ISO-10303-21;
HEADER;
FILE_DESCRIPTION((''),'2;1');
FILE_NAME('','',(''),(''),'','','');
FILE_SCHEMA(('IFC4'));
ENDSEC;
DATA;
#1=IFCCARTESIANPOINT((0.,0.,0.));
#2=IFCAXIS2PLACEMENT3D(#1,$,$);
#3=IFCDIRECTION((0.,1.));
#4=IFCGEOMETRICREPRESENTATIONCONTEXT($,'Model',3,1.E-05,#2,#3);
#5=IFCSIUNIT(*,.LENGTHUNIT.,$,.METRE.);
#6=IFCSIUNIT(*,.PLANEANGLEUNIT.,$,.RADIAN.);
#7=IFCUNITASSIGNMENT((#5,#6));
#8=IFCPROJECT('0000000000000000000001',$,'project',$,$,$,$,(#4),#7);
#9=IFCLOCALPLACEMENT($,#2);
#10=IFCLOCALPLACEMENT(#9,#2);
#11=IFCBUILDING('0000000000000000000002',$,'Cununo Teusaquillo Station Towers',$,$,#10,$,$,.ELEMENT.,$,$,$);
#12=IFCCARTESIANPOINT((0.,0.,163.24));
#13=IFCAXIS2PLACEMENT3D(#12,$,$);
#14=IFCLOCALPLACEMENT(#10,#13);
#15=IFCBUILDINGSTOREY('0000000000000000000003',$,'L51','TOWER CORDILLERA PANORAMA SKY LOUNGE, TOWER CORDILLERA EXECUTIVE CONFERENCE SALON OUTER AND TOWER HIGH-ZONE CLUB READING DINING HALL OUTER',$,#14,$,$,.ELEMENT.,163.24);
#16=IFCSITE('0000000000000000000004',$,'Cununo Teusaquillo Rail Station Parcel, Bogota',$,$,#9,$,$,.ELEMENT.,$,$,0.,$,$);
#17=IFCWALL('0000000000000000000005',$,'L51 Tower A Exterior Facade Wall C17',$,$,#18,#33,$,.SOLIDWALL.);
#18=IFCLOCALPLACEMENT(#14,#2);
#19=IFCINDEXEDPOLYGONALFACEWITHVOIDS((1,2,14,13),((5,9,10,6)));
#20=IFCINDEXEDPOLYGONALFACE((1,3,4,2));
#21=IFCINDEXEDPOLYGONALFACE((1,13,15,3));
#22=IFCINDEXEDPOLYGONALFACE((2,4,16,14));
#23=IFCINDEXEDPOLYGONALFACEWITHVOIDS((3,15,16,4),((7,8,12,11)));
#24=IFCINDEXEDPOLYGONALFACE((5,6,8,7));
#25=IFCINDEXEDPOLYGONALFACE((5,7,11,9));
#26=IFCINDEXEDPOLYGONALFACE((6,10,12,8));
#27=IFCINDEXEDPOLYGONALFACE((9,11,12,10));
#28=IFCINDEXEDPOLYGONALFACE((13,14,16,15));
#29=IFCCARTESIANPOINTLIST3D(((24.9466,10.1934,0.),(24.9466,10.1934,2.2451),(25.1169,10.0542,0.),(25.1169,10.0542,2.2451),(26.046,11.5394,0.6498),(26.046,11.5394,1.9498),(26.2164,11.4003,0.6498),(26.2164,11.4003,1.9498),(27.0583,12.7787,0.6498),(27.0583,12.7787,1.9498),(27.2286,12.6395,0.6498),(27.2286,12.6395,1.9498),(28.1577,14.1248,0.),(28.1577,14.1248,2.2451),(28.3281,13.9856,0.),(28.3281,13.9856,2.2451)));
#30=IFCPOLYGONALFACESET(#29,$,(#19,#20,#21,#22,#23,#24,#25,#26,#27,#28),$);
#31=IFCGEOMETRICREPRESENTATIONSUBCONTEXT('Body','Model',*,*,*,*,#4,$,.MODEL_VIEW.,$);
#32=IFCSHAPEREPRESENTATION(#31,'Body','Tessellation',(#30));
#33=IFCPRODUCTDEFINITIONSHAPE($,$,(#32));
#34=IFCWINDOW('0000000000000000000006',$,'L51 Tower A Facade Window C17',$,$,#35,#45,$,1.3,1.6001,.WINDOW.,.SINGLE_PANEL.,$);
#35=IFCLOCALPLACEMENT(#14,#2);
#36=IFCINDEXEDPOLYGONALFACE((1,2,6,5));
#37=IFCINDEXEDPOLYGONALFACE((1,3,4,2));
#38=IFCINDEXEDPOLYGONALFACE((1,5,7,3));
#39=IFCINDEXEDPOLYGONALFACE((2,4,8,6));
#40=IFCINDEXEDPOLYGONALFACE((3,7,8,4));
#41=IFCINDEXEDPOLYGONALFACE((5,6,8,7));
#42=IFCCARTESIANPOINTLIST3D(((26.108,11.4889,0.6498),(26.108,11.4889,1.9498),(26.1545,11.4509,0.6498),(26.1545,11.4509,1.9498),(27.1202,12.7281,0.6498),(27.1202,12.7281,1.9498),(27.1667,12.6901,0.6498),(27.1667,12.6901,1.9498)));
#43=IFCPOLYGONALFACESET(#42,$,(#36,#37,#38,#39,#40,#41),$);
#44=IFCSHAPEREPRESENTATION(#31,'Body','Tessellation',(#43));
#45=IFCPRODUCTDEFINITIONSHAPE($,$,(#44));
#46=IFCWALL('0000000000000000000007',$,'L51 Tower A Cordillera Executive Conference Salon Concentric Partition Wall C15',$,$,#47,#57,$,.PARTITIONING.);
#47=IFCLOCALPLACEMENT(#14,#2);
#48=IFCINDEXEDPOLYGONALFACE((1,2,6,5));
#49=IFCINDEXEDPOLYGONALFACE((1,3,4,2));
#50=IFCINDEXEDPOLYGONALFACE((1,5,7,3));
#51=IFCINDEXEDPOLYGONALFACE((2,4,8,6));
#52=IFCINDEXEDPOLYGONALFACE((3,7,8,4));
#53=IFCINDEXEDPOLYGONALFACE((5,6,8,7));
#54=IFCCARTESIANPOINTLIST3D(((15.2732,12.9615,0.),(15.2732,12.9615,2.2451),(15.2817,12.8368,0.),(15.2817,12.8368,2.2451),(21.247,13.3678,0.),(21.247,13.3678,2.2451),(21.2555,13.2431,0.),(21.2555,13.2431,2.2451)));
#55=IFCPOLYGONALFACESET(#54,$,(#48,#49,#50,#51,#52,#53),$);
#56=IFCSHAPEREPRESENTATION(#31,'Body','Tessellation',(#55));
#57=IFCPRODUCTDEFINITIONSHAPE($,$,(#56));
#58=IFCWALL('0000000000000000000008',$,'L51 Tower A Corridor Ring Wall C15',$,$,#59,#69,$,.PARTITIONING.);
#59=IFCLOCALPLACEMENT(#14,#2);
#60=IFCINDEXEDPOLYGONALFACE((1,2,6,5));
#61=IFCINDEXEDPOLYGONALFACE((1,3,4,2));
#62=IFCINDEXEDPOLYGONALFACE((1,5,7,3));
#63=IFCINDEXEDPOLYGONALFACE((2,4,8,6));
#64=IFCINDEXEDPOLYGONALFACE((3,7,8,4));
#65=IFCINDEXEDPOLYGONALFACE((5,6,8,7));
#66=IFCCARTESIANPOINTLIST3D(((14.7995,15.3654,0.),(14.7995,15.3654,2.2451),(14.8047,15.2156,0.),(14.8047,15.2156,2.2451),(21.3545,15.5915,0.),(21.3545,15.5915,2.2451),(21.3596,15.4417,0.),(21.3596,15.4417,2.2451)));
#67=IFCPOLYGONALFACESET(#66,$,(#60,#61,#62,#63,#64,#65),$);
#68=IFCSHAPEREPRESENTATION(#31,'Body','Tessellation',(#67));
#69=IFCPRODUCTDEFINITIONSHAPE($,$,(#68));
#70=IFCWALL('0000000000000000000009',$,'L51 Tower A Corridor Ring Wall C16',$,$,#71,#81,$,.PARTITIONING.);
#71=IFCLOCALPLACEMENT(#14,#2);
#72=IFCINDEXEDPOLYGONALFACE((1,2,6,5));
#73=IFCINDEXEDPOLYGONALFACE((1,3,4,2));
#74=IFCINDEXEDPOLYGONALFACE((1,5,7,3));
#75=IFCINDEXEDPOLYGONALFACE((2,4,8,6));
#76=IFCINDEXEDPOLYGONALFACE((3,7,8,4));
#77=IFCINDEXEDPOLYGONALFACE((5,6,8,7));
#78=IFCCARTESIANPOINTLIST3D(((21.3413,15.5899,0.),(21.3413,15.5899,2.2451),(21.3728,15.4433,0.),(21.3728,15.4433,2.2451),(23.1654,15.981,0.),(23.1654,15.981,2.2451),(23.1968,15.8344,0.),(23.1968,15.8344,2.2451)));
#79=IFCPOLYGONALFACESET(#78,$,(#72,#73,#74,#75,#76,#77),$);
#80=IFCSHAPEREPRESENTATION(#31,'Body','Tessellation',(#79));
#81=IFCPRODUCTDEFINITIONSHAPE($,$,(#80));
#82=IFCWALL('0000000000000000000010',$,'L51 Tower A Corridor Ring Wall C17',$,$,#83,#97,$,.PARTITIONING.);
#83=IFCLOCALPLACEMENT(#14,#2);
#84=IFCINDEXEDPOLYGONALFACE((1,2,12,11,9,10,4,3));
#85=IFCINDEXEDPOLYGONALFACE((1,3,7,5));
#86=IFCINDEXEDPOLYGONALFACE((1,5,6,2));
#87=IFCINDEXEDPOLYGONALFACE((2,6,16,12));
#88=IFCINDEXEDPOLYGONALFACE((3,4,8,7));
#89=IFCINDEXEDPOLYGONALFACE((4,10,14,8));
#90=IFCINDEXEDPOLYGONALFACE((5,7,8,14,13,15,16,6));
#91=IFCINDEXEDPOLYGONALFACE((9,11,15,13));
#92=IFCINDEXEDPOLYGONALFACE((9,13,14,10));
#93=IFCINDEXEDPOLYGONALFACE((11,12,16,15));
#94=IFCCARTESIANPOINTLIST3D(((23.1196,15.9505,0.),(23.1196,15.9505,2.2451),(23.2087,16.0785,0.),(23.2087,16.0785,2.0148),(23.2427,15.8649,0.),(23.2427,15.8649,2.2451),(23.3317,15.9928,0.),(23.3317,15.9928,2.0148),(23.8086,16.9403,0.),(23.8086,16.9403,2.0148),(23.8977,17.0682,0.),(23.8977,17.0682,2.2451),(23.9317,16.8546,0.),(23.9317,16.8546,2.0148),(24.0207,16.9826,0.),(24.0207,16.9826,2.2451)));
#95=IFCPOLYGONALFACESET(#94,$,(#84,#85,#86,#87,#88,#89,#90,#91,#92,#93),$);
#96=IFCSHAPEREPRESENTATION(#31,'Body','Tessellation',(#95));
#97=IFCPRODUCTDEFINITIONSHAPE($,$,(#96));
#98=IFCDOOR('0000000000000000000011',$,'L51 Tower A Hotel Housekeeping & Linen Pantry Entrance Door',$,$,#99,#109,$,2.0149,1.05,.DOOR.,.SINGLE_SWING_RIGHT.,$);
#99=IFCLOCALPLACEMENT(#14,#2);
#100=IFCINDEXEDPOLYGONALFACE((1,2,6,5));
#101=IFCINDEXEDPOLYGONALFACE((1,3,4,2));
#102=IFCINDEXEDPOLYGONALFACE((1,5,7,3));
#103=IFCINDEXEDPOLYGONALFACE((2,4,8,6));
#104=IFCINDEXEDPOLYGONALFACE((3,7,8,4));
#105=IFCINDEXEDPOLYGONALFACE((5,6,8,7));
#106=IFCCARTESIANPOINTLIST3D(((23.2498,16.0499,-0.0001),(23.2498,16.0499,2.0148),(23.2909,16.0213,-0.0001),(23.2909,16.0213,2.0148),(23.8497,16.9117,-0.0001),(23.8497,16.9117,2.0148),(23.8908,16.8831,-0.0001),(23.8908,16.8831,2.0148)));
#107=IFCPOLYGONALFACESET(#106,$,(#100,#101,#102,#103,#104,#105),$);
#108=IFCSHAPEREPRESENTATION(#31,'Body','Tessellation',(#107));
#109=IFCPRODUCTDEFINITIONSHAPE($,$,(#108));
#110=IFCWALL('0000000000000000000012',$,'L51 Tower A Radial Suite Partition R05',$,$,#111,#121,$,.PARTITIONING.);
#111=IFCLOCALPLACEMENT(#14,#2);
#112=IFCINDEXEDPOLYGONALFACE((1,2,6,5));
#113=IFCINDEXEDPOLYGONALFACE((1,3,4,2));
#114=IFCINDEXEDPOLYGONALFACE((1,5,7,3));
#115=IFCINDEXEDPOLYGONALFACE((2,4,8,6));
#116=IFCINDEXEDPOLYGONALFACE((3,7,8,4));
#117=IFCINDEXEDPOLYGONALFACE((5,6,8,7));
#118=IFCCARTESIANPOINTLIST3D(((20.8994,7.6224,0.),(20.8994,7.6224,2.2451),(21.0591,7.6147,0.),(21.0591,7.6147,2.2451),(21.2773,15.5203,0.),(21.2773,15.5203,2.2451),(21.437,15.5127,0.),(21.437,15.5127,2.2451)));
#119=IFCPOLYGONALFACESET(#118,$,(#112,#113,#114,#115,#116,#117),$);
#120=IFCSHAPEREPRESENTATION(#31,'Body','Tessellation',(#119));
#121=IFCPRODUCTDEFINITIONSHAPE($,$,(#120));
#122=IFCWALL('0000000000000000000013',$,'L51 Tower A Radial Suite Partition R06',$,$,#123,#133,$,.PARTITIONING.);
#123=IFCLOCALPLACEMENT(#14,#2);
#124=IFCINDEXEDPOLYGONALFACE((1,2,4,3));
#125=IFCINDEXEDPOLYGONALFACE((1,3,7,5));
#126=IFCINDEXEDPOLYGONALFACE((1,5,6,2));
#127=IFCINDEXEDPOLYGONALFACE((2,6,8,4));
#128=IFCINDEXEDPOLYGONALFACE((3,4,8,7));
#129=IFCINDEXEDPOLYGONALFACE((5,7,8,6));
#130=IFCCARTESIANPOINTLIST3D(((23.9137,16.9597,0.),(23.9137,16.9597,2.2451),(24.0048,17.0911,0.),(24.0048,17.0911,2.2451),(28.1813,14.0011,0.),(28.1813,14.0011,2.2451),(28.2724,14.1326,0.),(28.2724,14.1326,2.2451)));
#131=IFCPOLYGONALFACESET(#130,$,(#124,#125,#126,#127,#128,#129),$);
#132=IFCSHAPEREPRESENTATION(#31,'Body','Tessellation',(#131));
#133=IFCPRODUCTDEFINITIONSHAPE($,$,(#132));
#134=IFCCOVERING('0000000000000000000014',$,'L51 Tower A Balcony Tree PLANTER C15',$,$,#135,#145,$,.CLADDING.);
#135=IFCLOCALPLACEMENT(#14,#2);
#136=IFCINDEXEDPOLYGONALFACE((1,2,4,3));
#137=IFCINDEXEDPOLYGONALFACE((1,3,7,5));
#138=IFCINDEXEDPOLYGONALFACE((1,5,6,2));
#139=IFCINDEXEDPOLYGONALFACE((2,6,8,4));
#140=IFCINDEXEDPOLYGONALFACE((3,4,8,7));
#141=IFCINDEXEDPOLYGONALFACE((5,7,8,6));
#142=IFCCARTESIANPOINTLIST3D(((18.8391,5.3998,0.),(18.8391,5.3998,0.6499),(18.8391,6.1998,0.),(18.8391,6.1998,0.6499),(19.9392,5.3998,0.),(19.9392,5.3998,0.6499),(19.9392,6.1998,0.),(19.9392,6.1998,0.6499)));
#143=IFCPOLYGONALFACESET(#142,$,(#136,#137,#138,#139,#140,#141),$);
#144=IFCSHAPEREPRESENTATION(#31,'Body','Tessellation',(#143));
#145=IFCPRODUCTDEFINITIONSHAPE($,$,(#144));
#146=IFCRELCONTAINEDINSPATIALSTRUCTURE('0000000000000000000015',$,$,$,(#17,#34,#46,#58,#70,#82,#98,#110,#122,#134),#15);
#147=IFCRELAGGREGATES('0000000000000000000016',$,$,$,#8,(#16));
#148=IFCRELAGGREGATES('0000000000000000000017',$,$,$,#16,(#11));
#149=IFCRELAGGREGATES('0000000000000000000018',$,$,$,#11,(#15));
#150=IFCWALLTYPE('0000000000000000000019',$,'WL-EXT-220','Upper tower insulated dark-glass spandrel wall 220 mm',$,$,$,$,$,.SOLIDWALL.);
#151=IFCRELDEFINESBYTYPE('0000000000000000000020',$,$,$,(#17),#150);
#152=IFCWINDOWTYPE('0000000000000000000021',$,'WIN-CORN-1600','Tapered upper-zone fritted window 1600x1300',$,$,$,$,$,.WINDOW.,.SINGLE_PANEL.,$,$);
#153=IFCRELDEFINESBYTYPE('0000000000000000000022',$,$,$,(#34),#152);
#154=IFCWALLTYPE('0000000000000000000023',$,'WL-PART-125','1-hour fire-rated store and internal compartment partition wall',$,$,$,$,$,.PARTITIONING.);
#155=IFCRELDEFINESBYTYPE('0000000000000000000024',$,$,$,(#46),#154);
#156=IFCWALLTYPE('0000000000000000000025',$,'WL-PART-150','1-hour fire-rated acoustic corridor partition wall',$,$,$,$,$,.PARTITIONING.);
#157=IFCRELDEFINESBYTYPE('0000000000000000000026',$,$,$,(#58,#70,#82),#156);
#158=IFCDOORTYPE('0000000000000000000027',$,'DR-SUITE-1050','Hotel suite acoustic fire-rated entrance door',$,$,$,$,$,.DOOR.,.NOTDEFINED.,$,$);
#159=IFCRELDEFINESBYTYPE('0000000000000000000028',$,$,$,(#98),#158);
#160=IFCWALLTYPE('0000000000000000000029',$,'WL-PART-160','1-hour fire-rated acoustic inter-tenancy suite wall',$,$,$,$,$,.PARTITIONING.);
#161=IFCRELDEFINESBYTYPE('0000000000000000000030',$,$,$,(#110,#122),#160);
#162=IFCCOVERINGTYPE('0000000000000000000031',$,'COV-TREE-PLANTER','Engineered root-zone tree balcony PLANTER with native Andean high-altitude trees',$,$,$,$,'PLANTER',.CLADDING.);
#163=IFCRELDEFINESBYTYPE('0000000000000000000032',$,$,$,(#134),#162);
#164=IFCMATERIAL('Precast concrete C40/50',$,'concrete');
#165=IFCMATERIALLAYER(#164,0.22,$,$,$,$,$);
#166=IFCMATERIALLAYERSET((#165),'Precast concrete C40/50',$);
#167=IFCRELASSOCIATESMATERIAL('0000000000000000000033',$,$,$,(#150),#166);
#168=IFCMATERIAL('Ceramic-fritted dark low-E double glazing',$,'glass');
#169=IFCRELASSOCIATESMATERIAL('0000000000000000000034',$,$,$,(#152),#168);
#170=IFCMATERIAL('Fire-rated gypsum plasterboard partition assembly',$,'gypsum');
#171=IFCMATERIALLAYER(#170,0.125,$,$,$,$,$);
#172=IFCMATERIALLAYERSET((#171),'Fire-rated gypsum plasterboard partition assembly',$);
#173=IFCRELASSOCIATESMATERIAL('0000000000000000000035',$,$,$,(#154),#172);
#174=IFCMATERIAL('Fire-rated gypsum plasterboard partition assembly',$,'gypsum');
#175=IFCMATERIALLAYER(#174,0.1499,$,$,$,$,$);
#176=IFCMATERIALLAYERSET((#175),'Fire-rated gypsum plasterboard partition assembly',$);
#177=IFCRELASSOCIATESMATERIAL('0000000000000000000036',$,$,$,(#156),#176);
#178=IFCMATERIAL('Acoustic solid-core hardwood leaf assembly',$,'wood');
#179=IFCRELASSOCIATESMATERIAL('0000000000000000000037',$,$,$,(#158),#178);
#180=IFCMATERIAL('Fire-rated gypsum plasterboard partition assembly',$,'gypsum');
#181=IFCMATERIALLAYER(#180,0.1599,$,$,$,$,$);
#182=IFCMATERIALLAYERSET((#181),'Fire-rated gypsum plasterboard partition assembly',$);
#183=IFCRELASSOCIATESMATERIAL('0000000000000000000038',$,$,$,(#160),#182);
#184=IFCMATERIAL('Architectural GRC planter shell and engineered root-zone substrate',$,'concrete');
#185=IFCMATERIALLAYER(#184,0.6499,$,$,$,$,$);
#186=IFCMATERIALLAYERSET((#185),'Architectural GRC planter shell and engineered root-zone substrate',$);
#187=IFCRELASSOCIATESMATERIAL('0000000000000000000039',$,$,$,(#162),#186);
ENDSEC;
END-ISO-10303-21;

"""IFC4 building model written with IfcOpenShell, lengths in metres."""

from ifc_helpers import new_model, si_unit, direction, frame, frame_2d, origin, origin_2d, place, context, subcontext, project, spatial, rectangle, extrude, source, transform, mapped, material, layer, layer_set, type_object, element, fill, save


model = new_model("IFC4")

# Units and contexts
model_context = context("Model", 3, precision=1e-05, world=origin(), true_north=direction((0.0, 1.0)))
body_context = subcontext(model_context, "Body", "Model", "MODEL_VIEW")
ifc_project = project(units=[si_unit("LENGTHUNIT", "METRE"), si_unit("PLANEANGLEUNIT", "RADIAN")], contexts=[model_context])

# Site, building, storey
site_placement = place(None, origin())
site = spatial("IfcSite", under=ifc_project, at=site_placement, Name="Cununo Teusaquillo Rail Station Parcel, Bogota", CompositionType="ELEMENT", RefElevation=0.0)
building_placement = place(site_placement, origin())
building = spatial("IfcBuilding", under=site, at=building_placement, Name="Cununo Teusaquillo Station Towers", CompositionType="ELEMENT")
storey_placement = place(building_placement, frame((0.0, 0.0, 163.24)))
storey = spatial("IfcBuildingStorey", under=building, at=storey_placement, Name="L51", Description="TOWER CORDILLERA PANORAMA SKY LOUNGE, TOWER CORDILLERA EXECUTIVE CONFERENCE SALON OUTER AND TOWER HIGH-ZONE CLUB READING DINING HALL OUTER", CompositionType="ELEMENT", Elevation=163.24)

# Shared definitions
ifc_material_1 = material(Name="Precast concrete C40/50", Category="concrete")
ifc_layer_1 = layer(ifc_material_1, 0.22)
ifc_layer_set_1 = layer_set([ifc_layer_1], Name="Precast concrete C40/50")
wall_type_1 = type_object("IfcWallType", Name="WL-EXT-220", Description="Upper tower insulated dark-glass spandrel wall 220 mm", PredefinedType="SOLIDWALL", material=ifc_layer_set_1)
shared_shape_1 = source(origin(), body_context, "Body", "SweptSolid", [
    extrude(rectangle(XDim=1.6001, YDim=1.3, at=frame_2d((0.8, 0.6499))), frame((0.0, 0.1199, 0.0), z_axis=(0.0, -1.0, 0.0), x_axis=(1.0, 0.0, 0.0)), (0.0, 0.0, 1.0), 0.24),
])
ifc_material_2 = material(Name="Ceramic-fritted dark low-E double glazing", Category="glass")
window_type = type_object("IfcWindowType", Name="WIN-CORN-1600", Description="Tapered upper-zone fritted window 1600x1300", PartitioningType="SINGLE_PANEL", PredefinedType="WINDOW", material=ifc_material_2)
shared_shape_2 = source(origin(), body_context, "Body", "SweptSolid", [
    extrude(rectangle(XDim=1.6001, YDim=1.3, at=frame_2d((0.8, 0.6499))), frame((0.0, 0.03, 0.0), z_axis=(0.0, -1.0, 0.0), x_axis=(1.0, 0.0, 0.0)), (0.0, 0.0, 1.0), 0.0601),
])

# Wall, opening, window
wall_1_placement = place(storey_placement, frame((28.2429, 14.0552, 0.0), z_axis=(0.0, 0.0, 1.0), x_axis=(-0.632599, -0.77448, 0.0)))
wall_1 = element("IfcWall", 1, at=wall_1_placement, inside=storey, type_object=wall_type_1, Name="L51 Tower A Exterior Facade Wall C17", PredefinedType="SOLIDWALL", context=body_context, shape_type="SweptSolid", body=[
    extrude(rectangle(XDim=5.0762, YDim=0.22, at=frame_2d((2.5381, 0.0))), origin(), (0.0, 0.0, 1.0), 2.2451),
])
opening_1_placement = place(wall_1_placement, frame((1.738, 0.0, 0.6499)))
opening_1 = element("IfcOpeningElement", 2, at=opening_1_placement, cuts=wall_1, PredefinedType="OPENING", context=body_context, shape_type="MappedRepresentation", body=[
    mapped(shared_shape_1, transform((0.0, 0.0, 0.0), x_axis=(1.0, 0.0, 0.0), y_axis=(0.0, 1.0, 0.0), z_axis=(0.0, 0.0, 1.0), scale=1.0)),
])
window_1_placement = place(opening_1_placement, origin())
window_1 = element("IfcWindow", 3, at=window_1_placement, inside=storey, type_object=window_type, Name="L51 Tower A Facade Window C17", OverallHeight=1.3, OverallWidth=1.6001, PartitioningType="SINGLE_PANEL", PredefinedType="WINDOW", context=body_context, shape_type="MappedRepresentation", body=[
    mapped(shared_shape_2, transform((0.0, 0.0, 0.0), x_axis=(1.0, 0.0, 0.0), y_axis=(0.0, 1.0, 0.0), z_axis=(0.0, 0.0, 1.0), scale=1.0)),
])
fill(opening_1, window_1)

# Walls
ifc_material_3 = material(Name="Fire-rated gypsum plasterboard partition assembly", Category="gypsum")
ifc_layer_2 = layer(ifc_material_3, 0.125)
ifc_layer_set_2 = layer_set([ifc_layer_2], Name="Fire-rated gypsum plasterboard partition assembly")
wall_type_2 = type_object("IfcWallType", Name="WL-PART-125", Description="1-hour fire-rated store and internal compartment partition wall", PredefinedType="PARTITIONING", material=ifc_layer_set_2)
wall_2_placement = place(storey_placement, frame((15.2776, 12.8992, 0.0), z_axis=(0.0, 0.0, 1.0), x_axis=(0.997696, 0.06785, 0.0)))
element("IfcWall", 4, at=wall_2_placement, inside=storey, type_object=wall_type_2, Name="L51 Tower A Cordillera Executive Conference Salon Concentric Partition Wall C15", PredefinedType="PARTITIONING", context=body_context, shape_type="SweptSolid", body=[
    extrude(rectangle(XDim=5.9875, YDim=0.125, at=frame_2d((2.9937, 0.0))), origin(), (0.0, 0.0, 1.0), 2.2451),
])
ifc_material_4 = material(Name="Fire-rated gypsum plasterboard partition assembly", Category="gypsum")
ifc_layer_3 = layer(ifc_material_4, 0.1499)
ifc_layer_set_3 = layer_set([ifc_layer_3], Name="Fire-rated gypsum plasterboard partition assembly")
wall_type_3 = type_object("IfcWallType", Name="WL-PART-150", Description="1-hour fire-rated acoustic corridor partition wall", PredefinedType="PARTITIONING", material=ifc_layer_set_3)
wall_3_placement = place(storey_placement, frame((14.8022, 15.2905, 0.0), z_axis=(0.0, 0.0, 1.0), x_axis=(0.999406, 0.034469, 0.0)))
element("IfcWall", 5, at=wall_3_placement, inside=storey, type_object=wall_type_3, Name="L51 Tower A Corridor Ring Wall C15", PredefinedType="PARTITIONING", context=body_context, shape_type="SweptSolid", body=[
    extrude(rectangle(XDim=6.5588, YDim=0.1499, at=frame_2d((3.2793, 0.0))), origin(), (0.0, 0.0, 1.0), 2.2451),
])
wall_4_placement = place(storey_placement, frame((21.3572, 15.5166, 0.0), z_axis=(0.0, 0.0, 1.0), x_axis=(0.977774, 0.209663, 0.0)))
element("IfcWall", 6, at=wall_4_placement, inside=storey, type_object=wall_type_3, Name="L51 Tower A Corridor Ring Wall C16", PredefinedType="PARTITIONING", context=body_context, shape_type="SweptSolid", body=[
    extrude(rectangle(XDim=1.8655, YDim=0.1499, at=frame_2d((0.9326, 0.0))), origin(), (0.0, 0.0, 1.0), 2.2451),
])

# Wall, opening, door
wall_5_placement = place(storey_placement, frame((23.1812, 15.9077, 0.0), z_axis=(0.0, 0.0, 1.0), x_axis=(0.571343, 0.820711, 0.0)))
wall_5 = element("IfcWall", 7, at=wall_5_placement, inside=storey, type_object=wall_type_3, Name="L51 Tower A Corridor Ring Wall C17", PredefinedType="PARTITIONING", context=body_context, shape_type="SweptSolid", body=[
    extrude(rectangle(XDim=1.3618, YDim=0.1499, at=frame_2d((0.6809, 0.0))), origin(), (0.0, 0.0, 1.0), 2.2451),
])
shared_shape_3 = source(origin(), body_context, "Body", "SweptSolid", [
    extrude(rectangle(XDim=1.05, YDim=2.0149, at=frame_2d((0.5249, 1.0073))), frame((0.0, 0.085, 0.0), z_axis=(0.0, -1.0, 0.0), x_axis=(1.0, 0.0, 0.0)), (0.0, 0.0, 1.0), 0.1699),
])
opening_2_placement = place(wall_5_placement, frame((0.156, 0.0, 0.0)))
opening_2 = element("IfcOpeningElement", 8, at=opening_2_placement, cuts=wall_5, PredefinedType="OPENING", context=body_context, shape_type="MappedRepresentation", body=[
    mapped(shared_shape_3, transform((0.0, 0.0, 0.0), x_axis=(1.0, 0.0, 0.0), y_axis=(0.0, 1.0, 0.0), z_axis=(0.0, 0.0, 1.0), scale=1.0)),
])
ifc_material_5 = material(Name="Acoustic solid-core hardwood leaf assembly", Category="wood")
door_type_1 = type_object("IfcDoorType", Name="DR-SUITE-1050", Description="Hotel suite acoustic fire-rated entrance door", OperationType="NOTDEFINED", PredefinedType="DOOR", material=ifc_material_5)
shared_shape_4 = source(origin(), body_context, "Body", "SweptSolid", [
    extrude(rectangle(XDim=1.05, YDim=2.0149, at=frame_2d((0.5249, 1.0073))), frame((0.0, 0.0249, 0.0), z_axis=(0.0, -1.0, 0.0), x_axis=(1.0, 0.0, 0.0)), (0.0, 0.0, 1.0), 0.05),
])
door_1_placement = place(opening_2_placement, origin())
door_1 = element("IfcDoor", 9, at=door_1_placement, inside=storey, type_object=door_type_1, Name="L51 Tower A Hotel Housekeeping & Linen Pantry Entrance Door", OperationType="SINGLE_SWING_RIGHT", OverallHeight=2.0149, OverallWidth=1.05, PredefinedType="DOOR", context=body_context, shape_type="MappedRepresentation", body=[
    mapped(shared_shape_4, transform((0.0, 0.0, 0.0), x_axis=(1.0, 0.0, 0.0), y_axis=(0.0, 1.0, 0.0), z_axis=(0.0, 0.0, 1.0), scale=1.0)),
])
fill(opening_2, door_1)

# Walls
ifc_material_6 = material(Name="Fire-rated gypsum plasterboard partition assembly", Category="gypsum")
ifc_layer_4 = layer(ifc_material_6, 0.1599)
ifc_layer_set_4 = layer_set([ifc_layer_4], Name="Fire-rated gypsum plasterboard partition assembly")
wall_type_4 = type_object("IfcWallType", Name="WL-PART-160", Description="1-hour fire-rated acoustic inter-tenancy suite wall", PredefinedType="PARTITIONING", material=ifc_layer_set_4)
wall_6_placement = place(storey_placement, frame((21.3572, 15.5166, 0.0), z_axis=(0.0, 0.0, 1.0), x_axis=(-0.047797, -0.998857, 0.0)))
element("IfcWall", 10, at=wall_6_placement, inside=storey, type_object=wall_type_4, Name="L51 Tower A Radial Suite Partition R05", PredefinedType="PARTITIONING", context=body_context, shape_type="SweptSolid", body=[
    extrude(rectangle(XDim=7.907, YDim=0.1599, at=frame_2d((3.9536, 0.0))), origin(), (0.0, 0.0, 1.0), 2.2451),
])
wall_7_placement = place(storey_placement, frame((23.9592, 17.0254, 0.0), z_axis=(0.0, 0.0, 1.0), x_axis=(0.82183, -0.569733, 0.0)))
element("IfcWall", 11, at=wall_7_placement, inside=storey, type_object=wall_type_4, Name="L51 Tower A Radial Suite Partition R06", PredefinedType="PARTITIONING", context=body_context, shape_type="SweptSolid", body=[
    extrude(rectangle(XDim=5.1929, YDim=0.1599, at=frame_2d((2.5964, 0.0))), origin(), (0.0, 0.0, 1.0), 2.2451),
])

# Covering
ifc_material_7 = material(Name="Architectural GRC planter shell and engineered root-zone substrate", Category="concrete")
ifc_layer_5 = layer(ifc_material_7, 0.6499)
ifc_layer_set_5 = layer_set([ifc_layer_5], Name="Architectural GRC planter shell and engineered root-zone substrate")
covering_type = type_object("IfcCoveringType", Name="COV-TREE-PLANTER", Description="Engineered root-zone tree balcony PLANTER with native Andean high-altitude trees", ElementType="PLANTER", PredefinedType="CLADDING", material=ifc_layer_set_5)
shared_shape_5 = source(origin(), body_context, "Body", "SweptSolid", [
    extrude(rectangle(XDim=1.1001, YDim=0.8, at=origin_2d()), origin(), (0.0, 0.0, 1.0), 0.6499),
])
covering_placement = place(storey_placement, frame((19.3892, 5.7998, 0.0), z_axis=(0.0, 0.0, 1.0), x_axis=(1.0, 0.0, 0.0)))
element("IfcCovering", 12, at=covering_placement, inside=storey, type_object=covering_type, Name="L51 Tower A Balcony Tree PLANTER C15", PredefinedType="CLADDING", context=body_context, shape_type="MappedRepresentation", body=[
    mapped(shared_shape_5, transform((0.0, 0.0, 0.0), x_axis=(1.0, 0.0, 0.0), y_axis=(0.0, 1.0, 0.0), z_axis=(0.0, 0.0, 1.0), scale=1.0)),
])

save(model, "model.ifc")
